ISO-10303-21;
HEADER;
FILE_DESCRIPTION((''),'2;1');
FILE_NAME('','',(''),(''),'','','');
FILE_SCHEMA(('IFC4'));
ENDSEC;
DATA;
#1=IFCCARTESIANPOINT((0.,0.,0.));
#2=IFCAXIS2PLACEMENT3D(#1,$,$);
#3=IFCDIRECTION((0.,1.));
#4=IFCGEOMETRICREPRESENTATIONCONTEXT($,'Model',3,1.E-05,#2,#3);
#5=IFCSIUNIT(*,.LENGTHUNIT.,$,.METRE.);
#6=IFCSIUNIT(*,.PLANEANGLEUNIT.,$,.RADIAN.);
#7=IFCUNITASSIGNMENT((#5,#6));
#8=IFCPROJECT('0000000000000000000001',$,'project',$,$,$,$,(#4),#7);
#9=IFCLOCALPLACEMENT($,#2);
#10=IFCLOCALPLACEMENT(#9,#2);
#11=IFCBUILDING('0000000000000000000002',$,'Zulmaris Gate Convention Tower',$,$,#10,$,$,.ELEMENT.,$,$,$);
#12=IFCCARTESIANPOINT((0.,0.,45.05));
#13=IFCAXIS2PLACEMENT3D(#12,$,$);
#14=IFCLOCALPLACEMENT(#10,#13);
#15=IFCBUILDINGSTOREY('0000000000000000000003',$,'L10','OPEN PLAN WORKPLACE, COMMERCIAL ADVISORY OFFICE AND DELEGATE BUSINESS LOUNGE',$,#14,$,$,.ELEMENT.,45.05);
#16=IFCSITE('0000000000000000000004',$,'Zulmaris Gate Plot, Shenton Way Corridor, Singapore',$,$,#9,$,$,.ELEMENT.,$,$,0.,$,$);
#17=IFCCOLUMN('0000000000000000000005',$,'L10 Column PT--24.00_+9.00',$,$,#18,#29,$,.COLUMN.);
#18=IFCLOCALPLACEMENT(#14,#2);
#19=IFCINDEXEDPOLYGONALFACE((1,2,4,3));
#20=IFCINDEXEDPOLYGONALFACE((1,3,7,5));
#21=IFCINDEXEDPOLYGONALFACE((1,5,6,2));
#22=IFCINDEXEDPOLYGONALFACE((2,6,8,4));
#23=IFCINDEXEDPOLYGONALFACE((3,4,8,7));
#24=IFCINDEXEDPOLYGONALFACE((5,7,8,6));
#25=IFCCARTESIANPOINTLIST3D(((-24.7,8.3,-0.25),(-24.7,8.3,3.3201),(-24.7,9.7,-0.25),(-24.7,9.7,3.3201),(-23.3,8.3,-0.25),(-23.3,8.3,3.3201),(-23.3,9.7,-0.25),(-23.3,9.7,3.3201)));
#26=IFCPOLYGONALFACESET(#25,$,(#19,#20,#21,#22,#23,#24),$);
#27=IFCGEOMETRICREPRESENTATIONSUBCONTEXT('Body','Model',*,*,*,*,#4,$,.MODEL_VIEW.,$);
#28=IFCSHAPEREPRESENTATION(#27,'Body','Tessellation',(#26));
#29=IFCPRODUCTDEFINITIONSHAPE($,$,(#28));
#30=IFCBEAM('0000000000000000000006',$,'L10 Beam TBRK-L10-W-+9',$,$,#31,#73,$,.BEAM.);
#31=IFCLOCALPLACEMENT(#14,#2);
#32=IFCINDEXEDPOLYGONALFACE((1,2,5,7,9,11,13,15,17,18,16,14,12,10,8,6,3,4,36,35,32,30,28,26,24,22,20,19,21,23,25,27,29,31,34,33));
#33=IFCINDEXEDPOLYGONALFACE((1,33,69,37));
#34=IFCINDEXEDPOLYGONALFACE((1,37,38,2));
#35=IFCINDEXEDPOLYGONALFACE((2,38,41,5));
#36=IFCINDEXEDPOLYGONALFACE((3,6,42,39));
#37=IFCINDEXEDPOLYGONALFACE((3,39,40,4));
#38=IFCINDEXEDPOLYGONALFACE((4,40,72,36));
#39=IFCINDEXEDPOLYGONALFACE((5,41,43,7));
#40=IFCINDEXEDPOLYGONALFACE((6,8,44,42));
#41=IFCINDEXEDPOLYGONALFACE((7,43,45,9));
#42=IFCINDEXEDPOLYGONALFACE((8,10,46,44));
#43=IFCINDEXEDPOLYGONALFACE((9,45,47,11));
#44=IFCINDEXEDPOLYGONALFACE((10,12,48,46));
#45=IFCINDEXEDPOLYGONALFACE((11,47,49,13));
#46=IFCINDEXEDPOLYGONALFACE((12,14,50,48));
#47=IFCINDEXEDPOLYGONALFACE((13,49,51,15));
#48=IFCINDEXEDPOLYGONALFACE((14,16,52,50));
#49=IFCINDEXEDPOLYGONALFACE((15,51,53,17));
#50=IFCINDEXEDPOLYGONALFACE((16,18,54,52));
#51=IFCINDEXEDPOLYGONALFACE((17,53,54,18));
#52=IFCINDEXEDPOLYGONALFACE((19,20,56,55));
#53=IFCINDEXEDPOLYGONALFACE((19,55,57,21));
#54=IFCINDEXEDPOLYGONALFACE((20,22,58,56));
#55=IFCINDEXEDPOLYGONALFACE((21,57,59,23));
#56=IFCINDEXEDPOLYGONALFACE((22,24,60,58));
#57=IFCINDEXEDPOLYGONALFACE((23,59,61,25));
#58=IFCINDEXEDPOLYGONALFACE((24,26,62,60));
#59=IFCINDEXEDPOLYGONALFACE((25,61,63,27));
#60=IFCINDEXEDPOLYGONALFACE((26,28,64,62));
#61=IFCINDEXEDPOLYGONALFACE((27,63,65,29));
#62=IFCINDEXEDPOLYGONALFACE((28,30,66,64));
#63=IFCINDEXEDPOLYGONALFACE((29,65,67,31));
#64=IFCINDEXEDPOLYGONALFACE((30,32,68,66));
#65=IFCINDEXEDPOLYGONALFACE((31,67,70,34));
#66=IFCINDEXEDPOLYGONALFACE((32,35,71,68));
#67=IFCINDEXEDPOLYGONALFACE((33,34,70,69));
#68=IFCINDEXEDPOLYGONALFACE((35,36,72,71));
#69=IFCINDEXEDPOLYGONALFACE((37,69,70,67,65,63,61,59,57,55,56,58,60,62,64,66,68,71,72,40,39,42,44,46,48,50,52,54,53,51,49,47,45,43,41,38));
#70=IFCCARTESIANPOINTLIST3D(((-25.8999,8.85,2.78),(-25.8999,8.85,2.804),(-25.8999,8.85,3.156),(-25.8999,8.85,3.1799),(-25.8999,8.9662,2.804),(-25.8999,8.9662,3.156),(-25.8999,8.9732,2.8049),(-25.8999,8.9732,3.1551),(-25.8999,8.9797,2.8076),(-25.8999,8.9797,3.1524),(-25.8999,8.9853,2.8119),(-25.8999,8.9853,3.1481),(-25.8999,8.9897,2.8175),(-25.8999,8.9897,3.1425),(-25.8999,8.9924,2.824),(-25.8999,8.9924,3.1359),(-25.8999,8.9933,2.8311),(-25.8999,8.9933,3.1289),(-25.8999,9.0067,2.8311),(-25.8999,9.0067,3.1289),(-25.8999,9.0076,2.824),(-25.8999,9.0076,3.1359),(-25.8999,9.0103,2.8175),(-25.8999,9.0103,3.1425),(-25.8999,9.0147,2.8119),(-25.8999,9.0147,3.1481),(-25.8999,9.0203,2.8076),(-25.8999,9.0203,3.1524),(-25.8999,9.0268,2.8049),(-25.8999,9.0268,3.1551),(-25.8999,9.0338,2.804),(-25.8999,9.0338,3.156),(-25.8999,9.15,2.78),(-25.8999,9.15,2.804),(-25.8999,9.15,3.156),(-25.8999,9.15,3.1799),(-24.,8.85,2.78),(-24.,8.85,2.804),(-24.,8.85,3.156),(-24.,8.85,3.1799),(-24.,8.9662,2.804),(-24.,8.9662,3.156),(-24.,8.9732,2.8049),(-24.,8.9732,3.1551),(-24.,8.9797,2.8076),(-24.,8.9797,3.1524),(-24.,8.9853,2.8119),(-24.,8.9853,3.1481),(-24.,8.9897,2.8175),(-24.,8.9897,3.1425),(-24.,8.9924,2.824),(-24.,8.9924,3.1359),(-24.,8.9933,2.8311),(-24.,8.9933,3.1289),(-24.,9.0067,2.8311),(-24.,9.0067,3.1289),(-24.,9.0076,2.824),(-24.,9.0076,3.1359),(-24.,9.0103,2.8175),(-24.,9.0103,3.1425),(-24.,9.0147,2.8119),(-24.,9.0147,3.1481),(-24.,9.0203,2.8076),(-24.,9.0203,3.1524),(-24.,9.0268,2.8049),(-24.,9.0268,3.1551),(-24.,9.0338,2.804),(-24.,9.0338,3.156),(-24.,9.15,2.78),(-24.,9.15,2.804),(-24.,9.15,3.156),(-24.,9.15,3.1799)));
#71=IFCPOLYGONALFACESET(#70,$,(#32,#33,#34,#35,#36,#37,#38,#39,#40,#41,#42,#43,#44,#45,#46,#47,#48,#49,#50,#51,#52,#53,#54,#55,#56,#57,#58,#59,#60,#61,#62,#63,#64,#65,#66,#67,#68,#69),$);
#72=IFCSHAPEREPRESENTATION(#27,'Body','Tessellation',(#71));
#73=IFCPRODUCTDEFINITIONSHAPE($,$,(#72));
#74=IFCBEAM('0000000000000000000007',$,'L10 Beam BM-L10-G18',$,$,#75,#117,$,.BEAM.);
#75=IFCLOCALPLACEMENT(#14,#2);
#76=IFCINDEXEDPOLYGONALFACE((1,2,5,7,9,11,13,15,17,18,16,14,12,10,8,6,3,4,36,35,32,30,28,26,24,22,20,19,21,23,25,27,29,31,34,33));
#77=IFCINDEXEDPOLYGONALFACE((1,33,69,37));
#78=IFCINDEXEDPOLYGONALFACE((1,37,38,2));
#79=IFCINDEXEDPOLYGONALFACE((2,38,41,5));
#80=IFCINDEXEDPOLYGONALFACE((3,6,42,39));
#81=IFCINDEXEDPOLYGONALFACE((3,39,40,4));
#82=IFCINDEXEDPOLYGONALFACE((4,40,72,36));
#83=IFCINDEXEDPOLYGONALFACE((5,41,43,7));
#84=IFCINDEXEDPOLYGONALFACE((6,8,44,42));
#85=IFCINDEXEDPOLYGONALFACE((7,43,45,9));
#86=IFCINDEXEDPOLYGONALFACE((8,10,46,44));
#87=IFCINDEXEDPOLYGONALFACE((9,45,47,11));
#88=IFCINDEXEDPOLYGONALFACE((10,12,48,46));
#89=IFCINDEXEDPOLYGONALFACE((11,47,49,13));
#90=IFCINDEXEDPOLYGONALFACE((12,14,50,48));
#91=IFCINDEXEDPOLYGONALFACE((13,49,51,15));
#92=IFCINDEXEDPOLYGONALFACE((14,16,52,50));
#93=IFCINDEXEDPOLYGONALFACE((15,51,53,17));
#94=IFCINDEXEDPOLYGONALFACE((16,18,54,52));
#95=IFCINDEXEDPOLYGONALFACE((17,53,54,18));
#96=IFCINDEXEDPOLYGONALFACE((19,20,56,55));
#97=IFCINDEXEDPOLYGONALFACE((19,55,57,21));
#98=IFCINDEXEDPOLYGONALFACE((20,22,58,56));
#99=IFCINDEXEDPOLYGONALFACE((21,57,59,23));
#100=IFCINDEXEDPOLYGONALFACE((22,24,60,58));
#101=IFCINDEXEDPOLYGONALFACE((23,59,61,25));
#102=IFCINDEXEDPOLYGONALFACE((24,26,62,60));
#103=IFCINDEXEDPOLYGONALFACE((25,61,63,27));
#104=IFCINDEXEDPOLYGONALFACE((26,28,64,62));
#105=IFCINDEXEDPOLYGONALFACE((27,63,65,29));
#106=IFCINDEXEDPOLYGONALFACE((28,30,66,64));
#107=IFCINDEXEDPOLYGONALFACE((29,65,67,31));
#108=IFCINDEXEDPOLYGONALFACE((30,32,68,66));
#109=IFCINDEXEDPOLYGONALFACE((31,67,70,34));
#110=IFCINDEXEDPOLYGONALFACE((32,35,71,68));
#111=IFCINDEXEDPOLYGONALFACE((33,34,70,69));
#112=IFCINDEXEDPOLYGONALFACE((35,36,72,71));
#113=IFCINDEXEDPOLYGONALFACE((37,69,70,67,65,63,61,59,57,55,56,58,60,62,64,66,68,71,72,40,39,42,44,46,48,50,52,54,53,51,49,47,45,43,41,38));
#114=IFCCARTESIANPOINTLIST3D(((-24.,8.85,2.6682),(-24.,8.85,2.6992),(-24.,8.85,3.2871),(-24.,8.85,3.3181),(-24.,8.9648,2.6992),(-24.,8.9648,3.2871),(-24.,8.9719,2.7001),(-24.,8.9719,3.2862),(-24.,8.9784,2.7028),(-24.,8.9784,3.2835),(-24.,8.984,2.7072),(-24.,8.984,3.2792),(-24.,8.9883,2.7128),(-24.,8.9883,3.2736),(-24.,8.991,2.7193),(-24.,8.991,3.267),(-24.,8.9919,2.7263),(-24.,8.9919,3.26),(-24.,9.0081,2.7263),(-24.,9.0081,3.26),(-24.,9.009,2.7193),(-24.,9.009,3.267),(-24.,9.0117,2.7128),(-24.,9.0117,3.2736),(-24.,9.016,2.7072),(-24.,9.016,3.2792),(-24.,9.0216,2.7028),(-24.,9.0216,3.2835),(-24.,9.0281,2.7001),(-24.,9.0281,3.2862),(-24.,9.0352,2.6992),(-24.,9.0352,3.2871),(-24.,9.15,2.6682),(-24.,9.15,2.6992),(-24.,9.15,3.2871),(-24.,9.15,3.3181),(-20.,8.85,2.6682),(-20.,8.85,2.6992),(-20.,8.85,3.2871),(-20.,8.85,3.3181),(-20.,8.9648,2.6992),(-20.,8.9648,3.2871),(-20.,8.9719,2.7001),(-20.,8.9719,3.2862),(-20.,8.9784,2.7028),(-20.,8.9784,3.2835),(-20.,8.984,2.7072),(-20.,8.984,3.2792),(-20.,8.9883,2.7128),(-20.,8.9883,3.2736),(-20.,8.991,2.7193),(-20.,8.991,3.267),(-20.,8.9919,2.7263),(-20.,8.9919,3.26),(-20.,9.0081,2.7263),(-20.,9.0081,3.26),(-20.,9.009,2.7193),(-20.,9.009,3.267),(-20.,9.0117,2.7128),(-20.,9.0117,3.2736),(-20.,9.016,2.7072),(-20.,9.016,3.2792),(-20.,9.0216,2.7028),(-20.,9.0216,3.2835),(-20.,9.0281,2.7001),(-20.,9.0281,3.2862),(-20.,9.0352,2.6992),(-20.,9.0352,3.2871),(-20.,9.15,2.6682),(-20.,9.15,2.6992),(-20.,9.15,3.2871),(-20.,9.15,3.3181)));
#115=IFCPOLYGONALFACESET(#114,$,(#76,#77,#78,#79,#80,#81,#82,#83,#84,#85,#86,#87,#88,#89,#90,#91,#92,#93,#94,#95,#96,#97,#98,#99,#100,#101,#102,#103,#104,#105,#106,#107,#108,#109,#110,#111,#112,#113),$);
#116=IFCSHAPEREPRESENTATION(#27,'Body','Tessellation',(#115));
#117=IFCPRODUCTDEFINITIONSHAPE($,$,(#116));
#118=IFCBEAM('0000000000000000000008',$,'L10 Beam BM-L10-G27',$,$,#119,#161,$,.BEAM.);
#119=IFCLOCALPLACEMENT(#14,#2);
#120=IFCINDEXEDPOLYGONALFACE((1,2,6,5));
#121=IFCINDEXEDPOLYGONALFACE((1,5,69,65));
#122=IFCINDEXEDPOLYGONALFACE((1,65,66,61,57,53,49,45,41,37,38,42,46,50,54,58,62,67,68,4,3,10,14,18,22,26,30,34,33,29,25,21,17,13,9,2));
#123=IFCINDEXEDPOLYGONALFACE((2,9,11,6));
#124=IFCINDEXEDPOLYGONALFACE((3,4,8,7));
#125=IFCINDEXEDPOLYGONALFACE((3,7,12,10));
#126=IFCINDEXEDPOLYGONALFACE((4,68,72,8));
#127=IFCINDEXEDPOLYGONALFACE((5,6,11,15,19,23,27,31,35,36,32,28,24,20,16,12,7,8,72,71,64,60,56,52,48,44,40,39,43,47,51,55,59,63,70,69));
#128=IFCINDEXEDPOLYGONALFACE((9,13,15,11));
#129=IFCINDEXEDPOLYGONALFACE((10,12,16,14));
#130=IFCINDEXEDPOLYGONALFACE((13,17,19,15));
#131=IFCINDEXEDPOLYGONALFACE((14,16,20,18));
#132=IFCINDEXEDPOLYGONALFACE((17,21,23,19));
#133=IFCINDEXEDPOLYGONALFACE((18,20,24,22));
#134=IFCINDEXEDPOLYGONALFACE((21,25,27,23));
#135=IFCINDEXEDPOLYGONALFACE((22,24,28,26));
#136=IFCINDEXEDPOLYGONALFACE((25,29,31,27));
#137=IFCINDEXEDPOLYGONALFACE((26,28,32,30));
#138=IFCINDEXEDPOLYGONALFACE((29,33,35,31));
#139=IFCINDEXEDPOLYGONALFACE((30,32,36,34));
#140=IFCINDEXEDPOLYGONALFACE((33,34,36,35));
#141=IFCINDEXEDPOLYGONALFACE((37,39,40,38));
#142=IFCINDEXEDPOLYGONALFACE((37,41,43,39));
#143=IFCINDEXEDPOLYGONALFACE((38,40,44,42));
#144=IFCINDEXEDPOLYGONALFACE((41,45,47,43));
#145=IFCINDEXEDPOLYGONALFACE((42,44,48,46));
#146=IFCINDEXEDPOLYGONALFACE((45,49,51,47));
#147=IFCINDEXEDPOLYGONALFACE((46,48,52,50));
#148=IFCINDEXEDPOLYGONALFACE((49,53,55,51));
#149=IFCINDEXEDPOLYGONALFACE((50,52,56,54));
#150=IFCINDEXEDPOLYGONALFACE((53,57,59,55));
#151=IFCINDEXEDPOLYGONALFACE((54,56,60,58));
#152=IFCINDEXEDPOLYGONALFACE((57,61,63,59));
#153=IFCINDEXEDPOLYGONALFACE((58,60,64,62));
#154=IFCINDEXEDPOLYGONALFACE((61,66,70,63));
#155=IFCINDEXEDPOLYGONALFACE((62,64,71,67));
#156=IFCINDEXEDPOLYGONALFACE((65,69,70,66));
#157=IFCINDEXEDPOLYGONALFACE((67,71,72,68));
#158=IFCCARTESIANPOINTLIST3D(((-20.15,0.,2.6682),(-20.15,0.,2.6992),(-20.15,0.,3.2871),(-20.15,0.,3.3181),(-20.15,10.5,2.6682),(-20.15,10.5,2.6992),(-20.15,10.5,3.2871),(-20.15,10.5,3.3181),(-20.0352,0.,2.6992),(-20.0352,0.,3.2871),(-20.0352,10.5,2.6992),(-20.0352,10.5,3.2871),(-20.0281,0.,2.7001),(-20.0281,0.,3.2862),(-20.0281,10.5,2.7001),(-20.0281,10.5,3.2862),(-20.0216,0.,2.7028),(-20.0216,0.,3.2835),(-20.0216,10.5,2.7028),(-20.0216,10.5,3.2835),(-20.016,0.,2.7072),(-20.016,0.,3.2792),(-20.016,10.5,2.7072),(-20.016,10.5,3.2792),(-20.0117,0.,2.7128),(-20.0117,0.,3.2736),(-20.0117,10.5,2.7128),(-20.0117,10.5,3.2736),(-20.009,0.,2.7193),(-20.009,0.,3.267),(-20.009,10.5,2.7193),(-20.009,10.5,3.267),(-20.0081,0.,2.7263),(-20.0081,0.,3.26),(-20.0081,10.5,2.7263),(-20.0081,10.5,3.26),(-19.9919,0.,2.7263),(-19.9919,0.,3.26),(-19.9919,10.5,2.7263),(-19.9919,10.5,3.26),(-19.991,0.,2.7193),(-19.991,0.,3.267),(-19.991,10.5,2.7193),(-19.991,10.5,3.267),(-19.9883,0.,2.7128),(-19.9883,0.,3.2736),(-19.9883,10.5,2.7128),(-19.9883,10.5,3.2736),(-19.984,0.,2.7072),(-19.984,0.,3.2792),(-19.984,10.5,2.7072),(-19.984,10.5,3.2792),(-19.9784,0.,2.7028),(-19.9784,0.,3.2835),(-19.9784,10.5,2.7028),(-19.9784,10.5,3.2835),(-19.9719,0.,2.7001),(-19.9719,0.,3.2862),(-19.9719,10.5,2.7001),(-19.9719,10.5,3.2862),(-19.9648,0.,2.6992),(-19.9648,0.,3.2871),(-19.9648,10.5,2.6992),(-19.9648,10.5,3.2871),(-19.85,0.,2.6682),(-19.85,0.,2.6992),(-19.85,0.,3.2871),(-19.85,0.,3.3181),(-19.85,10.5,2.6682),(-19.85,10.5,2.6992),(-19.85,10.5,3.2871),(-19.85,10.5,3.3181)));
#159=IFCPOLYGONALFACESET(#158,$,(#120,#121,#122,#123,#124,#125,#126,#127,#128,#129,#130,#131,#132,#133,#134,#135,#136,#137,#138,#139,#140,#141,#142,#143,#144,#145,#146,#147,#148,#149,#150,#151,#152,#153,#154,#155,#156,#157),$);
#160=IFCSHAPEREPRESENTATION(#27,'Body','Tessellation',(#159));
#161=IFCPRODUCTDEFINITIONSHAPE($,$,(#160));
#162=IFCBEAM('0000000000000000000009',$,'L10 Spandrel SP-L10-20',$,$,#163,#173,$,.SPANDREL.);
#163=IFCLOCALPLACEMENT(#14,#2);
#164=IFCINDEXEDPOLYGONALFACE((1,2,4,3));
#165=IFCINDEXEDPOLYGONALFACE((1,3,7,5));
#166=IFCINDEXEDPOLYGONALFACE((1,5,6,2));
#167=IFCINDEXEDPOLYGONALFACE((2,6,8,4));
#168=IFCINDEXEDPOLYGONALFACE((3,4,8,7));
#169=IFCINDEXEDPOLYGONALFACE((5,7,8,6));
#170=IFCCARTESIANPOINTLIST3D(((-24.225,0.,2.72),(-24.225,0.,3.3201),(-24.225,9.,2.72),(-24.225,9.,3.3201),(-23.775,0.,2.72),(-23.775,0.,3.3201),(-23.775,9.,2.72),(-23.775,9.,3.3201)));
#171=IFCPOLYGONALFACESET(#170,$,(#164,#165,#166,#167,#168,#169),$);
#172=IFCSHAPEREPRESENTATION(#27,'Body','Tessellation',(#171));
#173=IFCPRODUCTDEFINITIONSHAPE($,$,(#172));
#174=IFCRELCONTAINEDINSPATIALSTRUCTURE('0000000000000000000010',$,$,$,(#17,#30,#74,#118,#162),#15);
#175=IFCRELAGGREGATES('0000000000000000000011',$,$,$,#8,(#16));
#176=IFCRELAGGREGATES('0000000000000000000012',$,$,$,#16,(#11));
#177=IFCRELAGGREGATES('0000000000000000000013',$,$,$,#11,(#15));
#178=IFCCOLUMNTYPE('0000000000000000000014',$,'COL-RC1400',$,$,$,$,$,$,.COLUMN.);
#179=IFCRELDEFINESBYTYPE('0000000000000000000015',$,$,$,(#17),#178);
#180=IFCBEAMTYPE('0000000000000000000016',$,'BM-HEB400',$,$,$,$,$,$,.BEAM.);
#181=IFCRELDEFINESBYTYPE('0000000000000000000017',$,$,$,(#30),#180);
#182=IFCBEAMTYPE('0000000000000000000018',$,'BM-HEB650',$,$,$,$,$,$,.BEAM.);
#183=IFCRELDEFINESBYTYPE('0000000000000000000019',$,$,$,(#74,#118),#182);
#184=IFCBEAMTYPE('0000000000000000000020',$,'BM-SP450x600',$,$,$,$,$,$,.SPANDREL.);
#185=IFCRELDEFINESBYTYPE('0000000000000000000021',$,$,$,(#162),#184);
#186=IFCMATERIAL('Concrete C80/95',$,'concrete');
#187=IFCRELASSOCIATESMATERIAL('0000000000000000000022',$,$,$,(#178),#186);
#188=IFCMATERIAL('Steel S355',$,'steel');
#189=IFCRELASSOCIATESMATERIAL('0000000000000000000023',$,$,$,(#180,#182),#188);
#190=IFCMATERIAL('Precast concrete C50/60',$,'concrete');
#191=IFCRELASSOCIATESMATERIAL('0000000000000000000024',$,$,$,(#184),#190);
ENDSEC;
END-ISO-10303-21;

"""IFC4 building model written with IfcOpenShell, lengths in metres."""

from ifc_helpers import new_model, si_unit, direction, frame, origin, origin_2d, place, context, subcontext, project, spatial, rectangle, i_section, extrude, material, material_profile, profile_set, type_object, element, save


model = new_model("IFC4")

# Units and contexts
model_context = context("Model", 3, precision=1e-05, world=origin(), true_north=direction((0.0, 1.0)))
body_context = subcontext(model_context, "Body", "Model", "MODEL_VIEW")
ifc_project = project(units=[si_unit("LENGTHUNIT", "METRE"), si_unit("PLANEANGLEUNIT", "RADIAN")], contexts=[model_context])

# Site, building, storey
site_placement = place(None, origin())
site = spatial("IfcSite", under=ifc_project, at=site_placement, Name="Zulmaris Gate Plot, Shenton Way Corridor, Singapore", CompositionType="ELEMENT", RefElevation=0.0)
building_placement = place(site_placement, origin())
building = spatial("IfcBuilding", under=site, at=building_placement, Name="Zulmaris Gate Convention Tower", CompositionType="ELEMENT")
storey_placement = place(building_placement, frame((0.0, 0.0, 45.05)))
storey = spatial("IfcBuildingStorey", under=building, at=storey_placement, Name="L10", Description="OPEN PLAN WORKPLACE, COMMERCIAL ADVISORY OFFICE AND DELEGATE BUSINESS LOUNGE", CompositionType="ELEMENT", Elevation=45.05)

# Column
ifc_material_1 = material(Name="Concrete C80/95", Category="concrete")
ifc_material_profile_1 = material_profile(ifc_material_1, rectangle(XDim=1.3999, YDim=1.3999, at=origin_2d()), Name="RC COL 1400x1400")
ifc_profile_set_1 = profile_set([ifc_material_profile_1], Name="Concrete C80/95")
column_type = type_object("IfcColumnType", Name="COL-RC1400", PredefinedType="COLUMN", material=ifc_profile_set_1)
column_placement = place(storey_placement, frame((-24.0, 9.0, -0.25), z_axis=(0.0, 0.0, 1.0), x_axis=(1.0, 0.0, 0.0)))
element("IfcColumn", 1, at=column_placement, inside=storey, type_object=column_type, Name="L10 Column PT--24.00_+9.00", PredefinedType="COLUMN", context=body_context, shape_type="SweptSolid", body=[
    extrude(rectangle(XDim=1.3999, YDim=1.3999, at=origin_2d()), origin(), (0.0, 0.0, 1.0), 3.5701),
])

# Beams
ifc_material_2 = material(Name="Steel S355", Category="steel")
ifc_material_profile_2 = material_profile(ifc_material_2, i_section(OverallWidth=0.3, OverallDepth=0.3999, WebThickness=0.0134, FlangeThickness=0.0239, FilletRadius=0.0271, at=origin_2d()), Name="HEB 400")
ifc_profile_set_2 = profile_set([ifc_material_profile_2], Name="Steel S355")
beam_type_1 = type_object("IfcBeamType", Name="BM-HEB400", PredefinedType="BEAM", material=ifc_profile_set_2)
beam_1_placement = place(storey_placement, frame((-25.8999, 9.0, 2.98), z_axis=(1.0, 0.0, 0.0), x_axis=(0.0, 1.0, 0.0)))
element("IfcBeam", 2, at=beam_1_placement, inside=storey, type_object=beam_type_1, Name="L10 Beam TBRK-L10-W-+9", PredefinedType="BEAM", context=body_context, shape_type="SweptSolid", body=[
    extrude(i_section(OverallWidth=0.3, OverallDepth=0.3999, WebThickness=0.0134, FlangeThickness=0.0239, FilletRadius=0.0271, at=origin_2d()), origin(), (0.0, 0.0, 1.0), 1.8999),
])
ifc_material_profile_3 = material_profile(ifc_material_2, i_section(OverallWidth=0.3, OverallDepth=0.6499, WebThickness=0.0161, FlangeThickness=0.031, FilletRadius=0.0271, at=origin_2d()), Name="HEB 650")
ifc_profile_set_3 = profile_set([ifc_material_profile_3], Name="Steel S355")
beam_type_2 = type_object("IfcBeamType", Name="BM-HEB650", PredefinedType="BEAM", material=ifc_profile_set_3)
beam_2_placement = place(storey_placement, frame((-24.0, 9.0, 2.9932), z_axis=(1.0, 0.0, 0.0), x_axis=(0.0, 1.0, 0.0)))
element("IfcBeam", 3, at=beam_2_placement, inside=storey, type_object=beam_type_2, Name="L10 Beam BM-L10-G18", PredefinedType="BEAM", context=body_context, shape_type="SweptSolid", body=[
    extrude(i_section(OverallWidth=0.3, OverallDepth=0.6499, WebThickness=0.0161, FlangeThickness=0.031, FilletRadius=0.0271, at=origin_2d()), origin(), (0.0, 0.0, 1.0), 4.0),
])
beam_3_placement = place(storey_placement, frame((-20.0, 0.0, 2.9932), z_axis=(0.0, 1.0, 0.0), x_axis=(-1.0, 0.0, 0.0)))
element("IfcBeam", 4, at=beam_3_placement, inside=storey, type_object=beam_type_2, Name="L10 Beam BM-L10-G27", PredefinedType="BEAM", context=body_context, shape_type="SweptSolid", body=[
    extrude(i_section(OverallWidth=0.3, OverallDepth=0.6499, WebThickness=0.0161, FlangeThickness=0.031, FilletRadius=0.0271, at=origin_2d()), origin(), (0.0, 0.0, 1.0), 10.5),
])
ifc_material_3 = material(Name="Precast concrete C50/60", Category="concrete")
ifc_material_profile_4 = material_profile(ifc_material_3, rectangle(XDim=0.45, YDim=0.6001, at=origin_2d()), Name="RC SPANDREL 450x600")
ifc_profile_set_4 = profile_set([ifc_material_profile_4], Name="Precast concrete C50/60")
beam_type_3 = type_object("IfcBeamType", Name="BM-SP450x600", PredefinedType="SPANDREL", material=ifc_profile_set_4)
beam_4_placement = place(storey_placement, frame((-24.0, 9.0, 3.02), z_axis=(0.0, -1.0, 0.0), x_axis=(1.0, 0.0, 0.0)))
element("IfcBeam", 5, at=beam_4_placement, inside=storey, type_object=beam_type_3, Name="L10 Spandrel SP-L10-20", PredefinedType="SPANDREL", context=body_context, shape_type="SweptSolid", body=[
    extrude(rectangle(XDim=0.45, YDim=0.6001, at=origin_2d()), origin(), (0.0, 0.0, 1.0), 9.0),
])

save(model, "model.ifc")
